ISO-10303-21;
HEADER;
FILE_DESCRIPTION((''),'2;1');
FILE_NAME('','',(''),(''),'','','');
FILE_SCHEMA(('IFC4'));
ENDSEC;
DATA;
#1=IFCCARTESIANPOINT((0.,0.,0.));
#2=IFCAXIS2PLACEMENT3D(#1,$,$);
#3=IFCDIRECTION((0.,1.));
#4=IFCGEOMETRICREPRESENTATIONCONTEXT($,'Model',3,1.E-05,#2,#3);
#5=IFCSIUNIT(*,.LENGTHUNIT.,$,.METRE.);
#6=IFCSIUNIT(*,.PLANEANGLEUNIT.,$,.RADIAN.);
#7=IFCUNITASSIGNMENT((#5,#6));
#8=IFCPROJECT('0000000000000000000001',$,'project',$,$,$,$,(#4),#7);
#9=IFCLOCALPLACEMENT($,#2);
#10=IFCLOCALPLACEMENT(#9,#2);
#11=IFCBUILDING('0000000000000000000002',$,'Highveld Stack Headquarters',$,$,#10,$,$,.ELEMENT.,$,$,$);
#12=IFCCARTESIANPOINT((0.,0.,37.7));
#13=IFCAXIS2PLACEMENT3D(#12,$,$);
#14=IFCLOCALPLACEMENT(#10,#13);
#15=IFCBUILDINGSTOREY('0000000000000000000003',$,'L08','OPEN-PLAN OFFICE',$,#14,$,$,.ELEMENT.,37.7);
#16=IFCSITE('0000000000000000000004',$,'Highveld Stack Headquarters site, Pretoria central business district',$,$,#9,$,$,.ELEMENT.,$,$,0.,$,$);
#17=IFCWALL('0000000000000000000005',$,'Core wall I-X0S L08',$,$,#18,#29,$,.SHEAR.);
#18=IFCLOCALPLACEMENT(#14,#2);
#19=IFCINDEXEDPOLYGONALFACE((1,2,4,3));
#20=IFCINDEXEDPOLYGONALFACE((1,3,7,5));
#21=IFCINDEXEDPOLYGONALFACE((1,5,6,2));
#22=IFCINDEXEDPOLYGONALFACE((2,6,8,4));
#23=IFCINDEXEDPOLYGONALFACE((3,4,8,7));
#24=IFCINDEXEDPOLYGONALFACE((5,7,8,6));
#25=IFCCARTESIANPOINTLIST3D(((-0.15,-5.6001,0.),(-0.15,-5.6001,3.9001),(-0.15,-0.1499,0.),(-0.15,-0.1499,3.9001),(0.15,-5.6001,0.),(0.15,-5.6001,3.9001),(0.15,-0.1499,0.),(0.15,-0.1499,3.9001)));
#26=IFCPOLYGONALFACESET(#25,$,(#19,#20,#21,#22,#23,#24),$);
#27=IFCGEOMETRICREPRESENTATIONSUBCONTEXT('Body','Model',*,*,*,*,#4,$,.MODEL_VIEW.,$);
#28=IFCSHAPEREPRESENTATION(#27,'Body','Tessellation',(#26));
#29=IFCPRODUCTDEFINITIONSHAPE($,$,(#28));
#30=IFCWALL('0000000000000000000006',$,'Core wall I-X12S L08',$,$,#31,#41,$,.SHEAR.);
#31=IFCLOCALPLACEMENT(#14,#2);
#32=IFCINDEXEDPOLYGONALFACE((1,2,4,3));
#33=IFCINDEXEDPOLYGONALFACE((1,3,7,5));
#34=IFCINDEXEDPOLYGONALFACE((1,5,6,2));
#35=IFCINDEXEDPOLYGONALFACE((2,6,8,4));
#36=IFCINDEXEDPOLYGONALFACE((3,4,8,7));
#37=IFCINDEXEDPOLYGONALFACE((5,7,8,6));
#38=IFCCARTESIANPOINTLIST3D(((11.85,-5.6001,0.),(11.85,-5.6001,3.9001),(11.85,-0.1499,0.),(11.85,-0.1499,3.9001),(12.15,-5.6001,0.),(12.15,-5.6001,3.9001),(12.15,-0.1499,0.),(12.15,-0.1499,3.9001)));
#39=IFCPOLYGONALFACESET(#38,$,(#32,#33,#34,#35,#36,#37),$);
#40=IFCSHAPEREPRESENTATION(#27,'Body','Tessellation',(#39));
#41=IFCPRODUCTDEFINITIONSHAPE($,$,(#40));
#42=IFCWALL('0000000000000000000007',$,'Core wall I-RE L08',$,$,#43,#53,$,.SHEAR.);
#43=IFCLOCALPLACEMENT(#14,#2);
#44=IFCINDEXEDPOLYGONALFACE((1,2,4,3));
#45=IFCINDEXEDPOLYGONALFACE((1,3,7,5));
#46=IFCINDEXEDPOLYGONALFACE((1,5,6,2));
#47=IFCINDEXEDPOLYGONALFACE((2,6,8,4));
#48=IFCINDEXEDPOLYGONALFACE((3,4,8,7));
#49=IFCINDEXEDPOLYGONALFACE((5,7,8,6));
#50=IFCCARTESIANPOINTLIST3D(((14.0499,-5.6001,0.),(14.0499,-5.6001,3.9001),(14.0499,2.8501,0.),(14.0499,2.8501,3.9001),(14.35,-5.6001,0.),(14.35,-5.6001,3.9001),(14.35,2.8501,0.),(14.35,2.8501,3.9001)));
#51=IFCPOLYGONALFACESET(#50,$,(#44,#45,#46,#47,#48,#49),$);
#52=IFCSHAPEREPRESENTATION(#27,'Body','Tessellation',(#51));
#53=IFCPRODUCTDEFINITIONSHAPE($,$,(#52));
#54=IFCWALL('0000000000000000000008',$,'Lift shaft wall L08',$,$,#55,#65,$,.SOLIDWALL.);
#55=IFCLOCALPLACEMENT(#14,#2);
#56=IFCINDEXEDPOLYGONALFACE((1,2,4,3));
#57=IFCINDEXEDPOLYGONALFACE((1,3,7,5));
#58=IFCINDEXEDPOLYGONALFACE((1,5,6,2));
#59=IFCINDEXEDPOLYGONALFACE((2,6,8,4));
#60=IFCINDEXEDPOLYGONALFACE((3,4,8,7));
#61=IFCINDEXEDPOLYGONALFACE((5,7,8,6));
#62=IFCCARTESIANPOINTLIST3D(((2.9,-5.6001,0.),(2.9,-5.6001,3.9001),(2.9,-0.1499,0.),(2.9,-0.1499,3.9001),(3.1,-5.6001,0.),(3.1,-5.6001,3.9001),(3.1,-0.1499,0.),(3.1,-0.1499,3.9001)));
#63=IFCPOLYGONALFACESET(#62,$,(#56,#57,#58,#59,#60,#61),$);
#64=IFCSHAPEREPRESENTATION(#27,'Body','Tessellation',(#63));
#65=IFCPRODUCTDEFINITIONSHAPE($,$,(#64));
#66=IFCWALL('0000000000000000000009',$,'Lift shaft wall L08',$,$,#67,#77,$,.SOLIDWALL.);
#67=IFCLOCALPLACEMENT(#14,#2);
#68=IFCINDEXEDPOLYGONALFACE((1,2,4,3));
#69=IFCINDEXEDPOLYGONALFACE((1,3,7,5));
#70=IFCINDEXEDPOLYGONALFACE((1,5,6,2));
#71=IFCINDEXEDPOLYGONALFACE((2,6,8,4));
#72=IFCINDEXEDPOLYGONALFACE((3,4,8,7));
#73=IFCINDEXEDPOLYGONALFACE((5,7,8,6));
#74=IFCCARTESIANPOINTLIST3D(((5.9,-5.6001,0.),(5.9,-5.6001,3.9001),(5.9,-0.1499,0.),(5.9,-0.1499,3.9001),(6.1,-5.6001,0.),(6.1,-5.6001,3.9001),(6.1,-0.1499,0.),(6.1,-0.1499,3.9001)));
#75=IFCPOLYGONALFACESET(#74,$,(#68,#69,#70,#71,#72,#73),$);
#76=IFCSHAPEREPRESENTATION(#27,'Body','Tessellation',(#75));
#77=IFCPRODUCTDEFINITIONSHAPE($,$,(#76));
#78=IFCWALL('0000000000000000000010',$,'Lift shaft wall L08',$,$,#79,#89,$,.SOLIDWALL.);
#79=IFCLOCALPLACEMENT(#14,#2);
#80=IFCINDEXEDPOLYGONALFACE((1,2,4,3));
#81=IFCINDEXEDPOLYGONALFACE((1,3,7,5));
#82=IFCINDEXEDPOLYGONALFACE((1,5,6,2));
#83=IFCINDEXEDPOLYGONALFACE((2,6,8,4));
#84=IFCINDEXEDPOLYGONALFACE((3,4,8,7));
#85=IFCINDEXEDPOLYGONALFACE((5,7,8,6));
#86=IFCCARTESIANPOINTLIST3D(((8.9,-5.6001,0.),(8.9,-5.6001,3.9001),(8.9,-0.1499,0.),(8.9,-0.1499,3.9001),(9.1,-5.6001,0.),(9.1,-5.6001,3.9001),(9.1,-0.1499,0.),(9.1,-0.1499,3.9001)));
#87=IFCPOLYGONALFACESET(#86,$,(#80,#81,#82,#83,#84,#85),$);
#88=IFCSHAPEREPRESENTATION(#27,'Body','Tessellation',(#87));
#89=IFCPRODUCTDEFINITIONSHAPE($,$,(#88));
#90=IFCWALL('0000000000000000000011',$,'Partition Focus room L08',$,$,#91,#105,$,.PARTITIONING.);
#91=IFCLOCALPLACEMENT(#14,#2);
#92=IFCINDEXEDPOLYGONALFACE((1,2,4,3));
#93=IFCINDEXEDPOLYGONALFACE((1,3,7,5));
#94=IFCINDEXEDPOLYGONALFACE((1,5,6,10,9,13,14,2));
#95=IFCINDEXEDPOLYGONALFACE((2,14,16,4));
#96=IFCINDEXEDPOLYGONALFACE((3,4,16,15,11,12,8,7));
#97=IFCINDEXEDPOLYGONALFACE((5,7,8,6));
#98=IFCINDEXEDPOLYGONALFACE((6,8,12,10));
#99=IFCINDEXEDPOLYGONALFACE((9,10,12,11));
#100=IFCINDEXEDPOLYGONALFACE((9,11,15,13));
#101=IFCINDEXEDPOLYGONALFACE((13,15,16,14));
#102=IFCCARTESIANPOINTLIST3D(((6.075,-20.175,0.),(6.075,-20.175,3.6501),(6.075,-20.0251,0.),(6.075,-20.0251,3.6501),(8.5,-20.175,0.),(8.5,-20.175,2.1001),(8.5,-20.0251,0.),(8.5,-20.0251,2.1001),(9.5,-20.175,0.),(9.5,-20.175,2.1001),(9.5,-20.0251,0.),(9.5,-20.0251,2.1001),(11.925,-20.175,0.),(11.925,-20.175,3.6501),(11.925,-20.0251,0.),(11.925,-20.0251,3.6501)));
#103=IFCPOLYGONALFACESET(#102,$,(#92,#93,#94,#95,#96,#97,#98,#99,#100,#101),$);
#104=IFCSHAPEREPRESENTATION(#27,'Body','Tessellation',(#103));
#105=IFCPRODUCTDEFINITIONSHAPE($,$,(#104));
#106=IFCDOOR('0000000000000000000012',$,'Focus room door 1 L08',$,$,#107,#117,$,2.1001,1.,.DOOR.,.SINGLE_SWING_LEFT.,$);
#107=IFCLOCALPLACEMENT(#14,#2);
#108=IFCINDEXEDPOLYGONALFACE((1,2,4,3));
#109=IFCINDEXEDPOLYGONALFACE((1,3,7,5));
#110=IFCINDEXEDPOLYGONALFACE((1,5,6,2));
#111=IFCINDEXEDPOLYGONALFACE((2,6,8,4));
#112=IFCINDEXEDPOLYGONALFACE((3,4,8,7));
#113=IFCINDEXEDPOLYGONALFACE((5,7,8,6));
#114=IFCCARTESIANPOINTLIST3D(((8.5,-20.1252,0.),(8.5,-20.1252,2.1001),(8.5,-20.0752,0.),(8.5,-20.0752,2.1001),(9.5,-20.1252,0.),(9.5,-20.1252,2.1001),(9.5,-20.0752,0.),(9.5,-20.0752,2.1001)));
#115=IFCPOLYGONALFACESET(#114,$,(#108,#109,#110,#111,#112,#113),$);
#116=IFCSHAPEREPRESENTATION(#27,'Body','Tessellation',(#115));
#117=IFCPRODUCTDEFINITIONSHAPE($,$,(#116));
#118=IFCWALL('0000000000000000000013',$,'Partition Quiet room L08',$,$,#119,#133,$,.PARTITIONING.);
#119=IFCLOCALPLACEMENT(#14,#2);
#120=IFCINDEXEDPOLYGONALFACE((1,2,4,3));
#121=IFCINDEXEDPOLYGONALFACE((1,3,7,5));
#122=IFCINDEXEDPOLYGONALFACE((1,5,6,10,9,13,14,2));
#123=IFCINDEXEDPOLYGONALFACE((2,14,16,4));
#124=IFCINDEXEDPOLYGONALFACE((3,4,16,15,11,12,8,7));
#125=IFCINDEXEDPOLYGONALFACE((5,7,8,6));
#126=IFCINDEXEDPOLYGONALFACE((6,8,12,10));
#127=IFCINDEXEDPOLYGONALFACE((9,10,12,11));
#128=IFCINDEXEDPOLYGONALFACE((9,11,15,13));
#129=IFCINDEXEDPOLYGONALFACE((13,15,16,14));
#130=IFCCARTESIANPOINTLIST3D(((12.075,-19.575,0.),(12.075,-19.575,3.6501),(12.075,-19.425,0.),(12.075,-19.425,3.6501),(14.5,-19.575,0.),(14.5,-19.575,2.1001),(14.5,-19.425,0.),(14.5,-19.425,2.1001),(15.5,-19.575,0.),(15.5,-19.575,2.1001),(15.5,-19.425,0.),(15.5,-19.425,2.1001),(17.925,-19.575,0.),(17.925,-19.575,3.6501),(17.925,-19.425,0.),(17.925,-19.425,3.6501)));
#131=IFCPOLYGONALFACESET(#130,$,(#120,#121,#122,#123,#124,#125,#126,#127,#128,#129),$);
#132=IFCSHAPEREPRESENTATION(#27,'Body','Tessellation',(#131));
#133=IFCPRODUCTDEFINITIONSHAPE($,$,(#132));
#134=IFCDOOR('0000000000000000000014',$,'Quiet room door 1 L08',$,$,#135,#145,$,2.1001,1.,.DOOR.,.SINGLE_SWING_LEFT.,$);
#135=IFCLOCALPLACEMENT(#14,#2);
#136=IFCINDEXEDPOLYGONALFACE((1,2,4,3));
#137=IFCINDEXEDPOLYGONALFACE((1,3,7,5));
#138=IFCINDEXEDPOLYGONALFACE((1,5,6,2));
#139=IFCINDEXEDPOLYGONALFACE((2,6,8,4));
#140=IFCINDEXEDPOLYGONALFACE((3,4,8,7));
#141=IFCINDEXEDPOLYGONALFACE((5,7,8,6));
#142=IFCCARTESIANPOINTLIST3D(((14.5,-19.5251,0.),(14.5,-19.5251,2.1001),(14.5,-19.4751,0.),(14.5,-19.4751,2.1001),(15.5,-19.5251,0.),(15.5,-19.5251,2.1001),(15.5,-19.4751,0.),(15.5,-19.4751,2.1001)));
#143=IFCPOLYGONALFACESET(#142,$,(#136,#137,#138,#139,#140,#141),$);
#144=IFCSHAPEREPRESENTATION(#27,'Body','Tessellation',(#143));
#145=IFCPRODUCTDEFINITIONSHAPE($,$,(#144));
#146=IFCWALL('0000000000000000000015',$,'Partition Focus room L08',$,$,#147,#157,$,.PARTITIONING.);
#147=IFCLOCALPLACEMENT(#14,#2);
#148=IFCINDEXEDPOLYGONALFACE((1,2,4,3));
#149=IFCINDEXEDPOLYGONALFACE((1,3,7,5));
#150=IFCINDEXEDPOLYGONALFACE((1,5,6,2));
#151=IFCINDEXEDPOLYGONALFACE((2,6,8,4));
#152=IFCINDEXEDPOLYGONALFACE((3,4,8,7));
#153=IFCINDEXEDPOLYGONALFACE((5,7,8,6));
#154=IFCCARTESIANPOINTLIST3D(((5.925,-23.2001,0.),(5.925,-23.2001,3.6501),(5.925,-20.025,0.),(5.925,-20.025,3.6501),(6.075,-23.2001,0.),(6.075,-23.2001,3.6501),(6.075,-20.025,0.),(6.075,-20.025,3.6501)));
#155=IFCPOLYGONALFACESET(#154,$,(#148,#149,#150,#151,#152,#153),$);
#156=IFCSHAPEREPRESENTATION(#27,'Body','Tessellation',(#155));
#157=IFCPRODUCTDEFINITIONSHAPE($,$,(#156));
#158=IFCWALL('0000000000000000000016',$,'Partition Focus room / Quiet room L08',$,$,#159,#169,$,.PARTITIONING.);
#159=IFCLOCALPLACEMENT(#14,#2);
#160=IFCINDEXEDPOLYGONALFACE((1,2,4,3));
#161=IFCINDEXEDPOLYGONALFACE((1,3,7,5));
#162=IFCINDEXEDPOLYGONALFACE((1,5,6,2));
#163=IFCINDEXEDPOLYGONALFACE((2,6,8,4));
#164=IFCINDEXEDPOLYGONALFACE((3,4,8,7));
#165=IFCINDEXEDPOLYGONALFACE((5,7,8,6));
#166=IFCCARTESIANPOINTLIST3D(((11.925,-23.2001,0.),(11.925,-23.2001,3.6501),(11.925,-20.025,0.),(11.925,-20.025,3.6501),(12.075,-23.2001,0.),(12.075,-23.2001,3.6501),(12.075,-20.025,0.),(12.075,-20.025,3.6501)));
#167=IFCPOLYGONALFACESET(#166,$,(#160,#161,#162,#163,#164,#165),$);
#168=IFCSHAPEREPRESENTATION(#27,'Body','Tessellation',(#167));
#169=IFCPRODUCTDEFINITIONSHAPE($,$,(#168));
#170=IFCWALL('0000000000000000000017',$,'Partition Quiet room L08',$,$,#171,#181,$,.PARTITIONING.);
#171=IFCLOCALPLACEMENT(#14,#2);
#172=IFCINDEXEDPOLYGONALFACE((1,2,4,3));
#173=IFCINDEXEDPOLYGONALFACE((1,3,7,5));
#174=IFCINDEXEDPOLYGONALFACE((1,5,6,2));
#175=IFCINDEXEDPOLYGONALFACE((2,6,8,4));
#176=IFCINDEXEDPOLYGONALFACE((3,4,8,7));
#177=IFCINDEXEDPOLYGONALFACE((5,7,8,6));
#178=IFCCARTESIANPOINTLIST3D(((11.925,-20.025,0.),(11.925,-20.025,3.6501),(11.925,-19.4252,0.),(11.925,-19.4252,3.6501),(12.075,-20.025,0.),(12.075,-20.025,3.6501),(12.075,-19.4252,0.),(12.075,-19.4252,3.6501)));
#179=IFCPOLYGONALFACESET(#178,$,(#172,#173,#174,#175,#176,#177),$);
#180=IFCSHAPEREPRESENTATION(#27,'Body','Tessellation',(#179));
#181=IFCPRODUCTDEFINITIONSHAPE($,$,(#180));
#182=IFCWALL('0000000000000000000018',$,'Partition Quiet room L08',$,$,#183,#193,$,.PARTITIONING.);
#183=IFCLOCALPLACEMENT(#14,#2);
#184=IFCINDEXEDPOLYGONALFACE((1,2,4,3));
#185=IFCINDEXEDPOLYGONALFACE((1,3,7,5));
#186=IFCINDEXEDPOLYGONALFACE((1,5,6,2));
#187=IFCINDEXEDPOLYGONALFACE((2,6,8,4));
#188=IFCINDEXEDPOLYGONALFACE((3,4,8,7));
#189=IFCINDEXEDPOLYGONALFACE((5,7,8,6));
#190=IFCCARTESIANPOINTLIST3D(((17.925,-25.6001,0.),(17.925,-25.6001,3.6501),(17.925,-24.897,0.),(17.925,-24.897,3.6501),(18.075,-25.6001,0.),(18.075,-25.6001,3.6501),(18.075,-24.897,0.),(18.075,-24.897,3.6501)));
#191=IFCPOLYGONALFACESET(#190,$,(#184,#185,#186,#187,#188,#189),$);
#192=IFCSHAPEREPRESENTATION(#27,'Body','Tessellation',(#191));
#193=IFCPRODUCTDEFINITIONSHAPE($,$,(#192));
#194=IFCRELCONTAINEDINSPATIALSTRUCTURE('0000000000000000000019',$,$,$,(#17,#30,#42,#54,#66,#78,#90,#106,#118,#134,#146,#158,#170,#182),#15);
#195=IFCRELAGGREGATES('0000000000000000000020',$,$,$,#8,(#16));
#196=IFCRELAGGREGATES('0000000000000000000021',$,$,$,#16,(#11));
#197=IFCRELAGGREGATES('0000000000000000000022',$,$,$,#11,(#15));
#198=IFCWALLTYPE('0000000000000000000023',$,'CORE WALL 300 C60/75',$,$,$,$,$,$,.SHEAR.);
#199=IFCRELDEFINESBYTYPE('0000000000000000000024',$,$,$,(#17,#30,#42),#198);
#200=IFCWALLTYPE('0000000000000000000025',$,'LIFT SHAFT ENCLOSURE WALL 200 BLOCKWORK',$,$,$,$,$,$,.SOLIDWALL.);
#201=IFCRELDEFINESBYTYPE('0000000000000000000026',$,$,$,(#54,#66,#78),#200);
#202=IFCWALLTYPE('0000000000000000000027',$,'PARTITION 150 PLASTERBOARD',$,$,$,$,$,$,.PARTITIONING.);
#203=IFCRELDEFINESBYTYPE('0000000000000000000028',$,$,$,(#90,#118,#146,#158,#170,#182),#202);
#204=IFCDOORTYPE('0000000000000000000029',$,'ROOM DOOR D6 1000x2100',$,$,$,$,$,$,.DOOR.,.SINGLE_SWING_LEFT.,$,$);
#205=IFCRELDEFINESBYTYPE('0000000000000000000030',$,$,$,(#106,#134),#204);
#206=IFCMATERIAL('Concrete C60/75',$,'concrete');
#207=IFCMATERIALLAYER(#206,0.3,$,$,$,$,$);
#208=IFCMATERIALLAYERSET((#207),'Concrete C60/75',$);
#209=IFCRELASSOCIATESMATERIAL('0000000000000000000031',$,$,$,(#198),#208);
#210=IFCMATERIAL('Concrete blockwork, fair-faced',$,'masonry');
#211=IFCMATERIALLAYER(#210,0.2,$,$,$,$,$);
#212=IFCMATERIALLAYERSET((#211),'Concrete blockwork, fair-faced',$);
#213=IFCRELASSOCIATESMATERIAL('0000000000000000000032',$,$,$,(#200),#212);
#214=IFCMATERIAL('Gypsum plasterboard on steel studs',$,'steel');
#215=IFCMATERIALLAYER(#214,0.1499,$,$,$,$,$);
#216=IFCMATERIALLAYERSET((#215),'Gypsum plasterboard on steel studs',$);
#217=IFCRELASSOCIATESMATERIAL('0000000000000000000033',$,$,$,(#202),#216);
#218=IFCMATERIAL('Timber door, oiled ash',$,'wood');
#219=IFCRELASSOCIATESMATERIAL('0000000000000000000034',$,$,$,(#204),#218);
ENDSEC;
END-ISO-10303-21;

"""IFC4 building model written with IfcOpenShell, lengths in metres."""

from ifc_helpers import new_model, si_unit, direction, frame, frame_2d, origin, place, context, subcontext, project, spatial, rectangle, extrude, material, layer, layer_set, type_object, element, fill, save


model = new_model("IFC4")

# Units and contexts
model_context = context("Model", 3, precision=1e-05, world=origin(), true_north=direction((0.0, 1.0)))
body_context = subcontext(model_context, "Body", "Model", "MODEL_VIEW")
ifc_project = project(units=[si_unit("LENGTHUNIT", "METRE"), si_unit("PLANEANGLEUNIT", "RADIAN")], contexts=[model_context])

# Site, building, storey
site_placement = place(None, origin())
site = spatial("IfcSite", under=ifc_project, at=site_placement, Name="Highveld Stack Headquarters site, Pretoria central business district", CompositionType="ELEMENT", RefElevation=0.0)
building_placement = place(site_placement, origin())
building = spatial("IfcBuilding", under=site, at=building_placement, Name="Highveld Stack Headquarters", CompositionType="ELEMENT")
storey_placement = place(building_placement, frame((0.0, 0.0, 37.7)))
storey = spatial("IfcBuildingStorey", under=building, at=storey_placement, Name="L08", Description="OPEN-PLAN OFFICE", CompositionType="ELEMENT", Elevation=37.7)

# Walls
ifc_material_1 = material(Name="Concrete C60/75", Category="concrete")
ifc_layer_1 = layer(ifc_material_1, 0.3)
ifc_layer_set_1 = layer_set([ifc_layer_1], Name="Concrete C60/75")
wall_type_1 = type_object("IfcWallType", Name="CORE WALL 300 C60/75", PredefinedType="SHEAR", material=ifc_layer_set_1)
for number, where, z_axis, x_axis, name in (
    (1, (0.0, -5.6001, 0.0), (0.0, 0.0, 1.0), (0.0, 1.0, 0.0), "Core wall I-X0S L08"),
    (2, (12.0, -5.6001, 0.0), (0.0, 0.0, 1.0), (0.0, 1.0, 0.0), "Core wall I-X12S L08"),
):
    element("IfcWall", number, at=place(storey_placement, frame(where, z_axis=z_axis, x_axis=x_axis)), inside=storey, type_object=wall_type_1, Name=name, PredefinedType="SHEAR", context=body_context, shape_type="SweptSolid", body=[
        extrude(rectangle(XDim=5.4502, YDim=0.3, at=frame_2d((2.7251, 0.0))), origin(), (0.0, 0.0, 1.0), 3.9001),
    ])
wall_1_placement = place(storey_placement, frame((14.2, -5.6001, 0.0), z_axis=(0.0, 0.0, 1.0), x_axis=(0.0, 1.0, 0.0)))
element("IfcWall", 3, at=wall_1_placement, inside=storey, type_object=wall_type_1, Name="Core wall I-RE L08", PredefinedType="SHEAR", context=body_context, shape_type="SweptSolid", body=[
    extrude(rectangle(XDim=8.4502, YDim=0.3, at=frame_2d((4.2251, 0.0))), origin(), (0.0, 0.0, 1.0), 3.9001),
])
ifc_material_2 = material(Name="Concrete blockwork, fair-faced", Category="masonry")
ifc_layer_2 = layer(ifc_material_2, 0.2)
ifc_layer_set_2 = layer_set([ifc_layer_2], Name="Concrete blockwork, fair-faced")
wall_type_2 = type_object("IfcWallType", Name="LIFT SHAFT ENCLOSURE WALL 200 BLOCKWORK", PredefinedType="SOLIDWALL", material=ifc_layer_set_2)
for number, where, z_axis, x_axis, name in (
    (4, (3.0, -5.6001, 0.0), (0.0, 0.0, 1.0), (0.0, 1.0, 0.0), "Lift shaft wall L08"),
    (5, (6.0, -5.6001, 0.0), (0.0, 0.0, 1.0), (0.0, 1.0, 0.0), "Lift shaft wall L08"),
    (6, (9.0, -5.6001, 0.0), (0.0, 0.0, 1.0), (0.0, 1.0, 0.0), "Lift shaft wall L08"),
):
    element("IfcWall", number, at=place(storey_placement, frame(where, z_axis=z_axis, x_axis=x_axis)), inside=storey, type_object=wall_type_2, Name=name, PredefinedType="SOLIDWALL", context=body_context, shape_type="SweptSolid", body=[
        extrude(rectangle(XDim=5.4502, YDim=0.2, at=frame_2d((2.7251, 0.0))), origin(), (0.0, 0.0, 1.0), 3.9001),
    ])

# Walls, openings, doors
ifc_material_3 = material(Name="Gypsum plasterboard on steel studs", Category="steel")
ifc_layer_3 = layer(ifc_material_3, 0.1499)
ifc_layer_set_3 = layer_set([ifc_layer_3], Name="Gypsum plasterboard on steel studs")
wall_type_3 = type_object("IfcWallType", Name="PARTITION 150 PLASTERBOARD", PredefinedType="PARTITIONING", material=ifc_layer_set_3)
wall_2_placement = place(storey_placement, frame((6.075, -20.1001, 0.0), z_axis=(0.0, 0.0, 1.0), x_axis=(1.0, 0.0, 0.0)))
wall_2 = element("IfcWall", 7, at=wall_2_placement, inside=storey, type_object=wall_type_3, Name="Partition Focus room L08", PredefinedType="PARTITIONING", context=body_context, shape_type="SweptSolid", body=[
    extrude(rectangle(XDim=5.8501, YDim=0.1499, at=frame_2d((2.925, 0.0))), origin(), (0.0, 0.0, 1.0), 3.6501),
])
opening_1_placement = place(wall_2_placement, frame((2.425, 0.0, 0.0)))
opening_1 = element("IfcOpeningElement", 8, at=opening_1_placement, cuts=wall_2, PredefinedType="OPENING", context=body_context, shape_type="SweptSolid", body=[
    extrude(rectangle(XDim=1.0, YDim=2.1001, at=frame_2d((0.5, 1.05))), frame((0.0, 0.085, 0.0), z_axis=(0.0, -1.0, 0.0), x_axis=(1.0, 0.0, 0.0)), (0.0, 0.0, 1.0), 0.1699),
])
ifc_material_4 = material(Name="Timber door, oiled ash", Category="wood")
door_type = type_object("IfcDoorType", Name="ROOM DOOR D6 1000x2100", OperationType="SINGLE_SWING_LEFT", PredefinedType="DOOR", material=ifc_material_4)
door_1_placement = place(opening_1_placement, origin())
door_1 = element("IfcDoor", 9, at=door_1_placement, inside=storey, type_object=door_type, Name="Focus room door 1 L08", OperationType="SINGLE_SWING_LEFT", OverallHeight=2.1001, OverallWidth=1.0, PredefinedType="DOOR", context=body_context, shape_type="SweptSolid", body=[
    extrude(rectangle(XDim=1.0, YDim=2.1001, at=frame_2d((0.5, 1.05))), frame((0.0, 0.0249, 0.0), z_axis=(0.0, -1.0, 0.0), x_axis=(1.0, 0.0, 0.0)), (0.0, 0.0, 1.0), 0.05),
])
fill(opening_1, door_1)
wall_3_placement = place(storey_placement, frame((12.075, -19.5, 0.0), z_axis=(0.0, 0.0, 1.0), x_axis=(1.0, 0.0, 0.0)))
wall_3 = element("IfcWall", 10, at=wall_3_placement, inside=storey, type_object=wall_type_3, Name="Partition Quiet room L08", PredefinedType="PARTITIONING", context=body_context, shape_type="SweptSolid", body=[
    extrude(rectangle(XDim=5.8501, YDim=0.1499, at=frame_2d((2.925, 0.0))), origin(), (0.0, 0.0, 1.0), 3.6501),
])
opening_2_placement = place(wall_3_placement, frame((2.425, 0.0, 0.0)))
opening_2 = element("IfcOpeningElement", 11, at=opening_2_placement, cuts=wall_3, PredefinedType="OPENING", context=body_context, shape_type="SweptSolid", body=[
    extrude(rectangle(XDim=1.0, YDim=2.1001, at=frame_2d((0.5, 1.05))), frame((0.0, 0.085, 0.0), z_axis=(0.0, -1.0, 0.0), x_axis=(1.0, 0.0, 0.0)), (0.0, 0.0, 1.0), 0.1699),
])
door_2_placement = place(opening_2_placement, origin())
door_2 = element("IfcDoor", 12, at=door_2_placement, inside=storey, type_object=door_type, Name="Quiet room door 1 L08", OperationType="SINGLE_SWING_LEFT", OverallHeight=2.1001, OverallWidth=1.0, PredefinedType="DOOR", context=body_context, shape_type="SweptSolid", body=[
    extrude(rectangle(XDim=1.0, YDim=2.1001, at=frame_2d((0.5, 1.05))), frame((0.0, 0.0249, 0.0), z_axis=(0.0, -1.0, 0.0), x_axis=(1.0, 0.0, 0.0)), (0.0, 0.0, 1.0), 0.05),
])
fill(opening_2, door_2)

# Walls
for number, where, z_axis, x_axis, name in (
    (13, (6.0, -23.2, 0.0), (0.0, 0.0, 1.0), (0.0, 1.0, 0.0), "Partition Focus room L08"),
    (14, (12.0, -23.2, 0.0), (0.0, 0.0, 1.0), (0.0, 1.0, 0.0), "Partition Focus room / Quiet room L08"),
):
    element("IfcWall", number, at=place(storey_placement, frame(where, z_axis=z_axis, x_axis=x_axis)), inside=storey, type_object=wall_type_3, Name=name, PredefinedType="PARTITIONING", context=body_context, shape_type="SweptSolid", body=[
        extrude(rectangle(XDim=3.175, YDim=0.1499, at=frame_2d((1.5874, 0.0))), origin(), (0.0, 0.0, 1.0), 3.6501),
    ])
wall_4_placement = place(storey_placement, frame((12.0, -20.0249, 0.0), z_axis=(0.0, 0.0, 1.0), x_axis=(0.0, 1.0, 0.0)))
element("IfcWall", 15, at=wall_4_placement, inside=storey, type_object=wall_type_3, Name="Partition Quiet room L08", PredefinedType="PARTITIONING", context=body_context, shape_type="SweptSolid", body=[
    extrude(rectangle(XDim=0.5999, YDim=0.1499, at=frame_2d((0.2998, 0.0))), origin(), (0.0, 0.0, 1.0), 3.6501),
])
wall_5_placement = place(storey_placement, frame((18.0, -25.6001, 0.0), z_axis=(0.0, 0.0, 1.0), x_axis=(0.0, 1.0, 0.0)))
element("IfcWall", 16, at=wall_5_placement, inside=storey, type_object=wall_type_3, Name="Partition Quiet room L08", PredefinedType="PARTITIONING", context=body_context, shape_type="SweptSolid", body=[
    extrude(rectangle(XDim=0.7031, YDim=0.1499, at=frame_2d((0.3516, 0.0))), origin(), (0.0, 0.0, 1.0), 3.6501),
])

save(model, "model.ifc")
